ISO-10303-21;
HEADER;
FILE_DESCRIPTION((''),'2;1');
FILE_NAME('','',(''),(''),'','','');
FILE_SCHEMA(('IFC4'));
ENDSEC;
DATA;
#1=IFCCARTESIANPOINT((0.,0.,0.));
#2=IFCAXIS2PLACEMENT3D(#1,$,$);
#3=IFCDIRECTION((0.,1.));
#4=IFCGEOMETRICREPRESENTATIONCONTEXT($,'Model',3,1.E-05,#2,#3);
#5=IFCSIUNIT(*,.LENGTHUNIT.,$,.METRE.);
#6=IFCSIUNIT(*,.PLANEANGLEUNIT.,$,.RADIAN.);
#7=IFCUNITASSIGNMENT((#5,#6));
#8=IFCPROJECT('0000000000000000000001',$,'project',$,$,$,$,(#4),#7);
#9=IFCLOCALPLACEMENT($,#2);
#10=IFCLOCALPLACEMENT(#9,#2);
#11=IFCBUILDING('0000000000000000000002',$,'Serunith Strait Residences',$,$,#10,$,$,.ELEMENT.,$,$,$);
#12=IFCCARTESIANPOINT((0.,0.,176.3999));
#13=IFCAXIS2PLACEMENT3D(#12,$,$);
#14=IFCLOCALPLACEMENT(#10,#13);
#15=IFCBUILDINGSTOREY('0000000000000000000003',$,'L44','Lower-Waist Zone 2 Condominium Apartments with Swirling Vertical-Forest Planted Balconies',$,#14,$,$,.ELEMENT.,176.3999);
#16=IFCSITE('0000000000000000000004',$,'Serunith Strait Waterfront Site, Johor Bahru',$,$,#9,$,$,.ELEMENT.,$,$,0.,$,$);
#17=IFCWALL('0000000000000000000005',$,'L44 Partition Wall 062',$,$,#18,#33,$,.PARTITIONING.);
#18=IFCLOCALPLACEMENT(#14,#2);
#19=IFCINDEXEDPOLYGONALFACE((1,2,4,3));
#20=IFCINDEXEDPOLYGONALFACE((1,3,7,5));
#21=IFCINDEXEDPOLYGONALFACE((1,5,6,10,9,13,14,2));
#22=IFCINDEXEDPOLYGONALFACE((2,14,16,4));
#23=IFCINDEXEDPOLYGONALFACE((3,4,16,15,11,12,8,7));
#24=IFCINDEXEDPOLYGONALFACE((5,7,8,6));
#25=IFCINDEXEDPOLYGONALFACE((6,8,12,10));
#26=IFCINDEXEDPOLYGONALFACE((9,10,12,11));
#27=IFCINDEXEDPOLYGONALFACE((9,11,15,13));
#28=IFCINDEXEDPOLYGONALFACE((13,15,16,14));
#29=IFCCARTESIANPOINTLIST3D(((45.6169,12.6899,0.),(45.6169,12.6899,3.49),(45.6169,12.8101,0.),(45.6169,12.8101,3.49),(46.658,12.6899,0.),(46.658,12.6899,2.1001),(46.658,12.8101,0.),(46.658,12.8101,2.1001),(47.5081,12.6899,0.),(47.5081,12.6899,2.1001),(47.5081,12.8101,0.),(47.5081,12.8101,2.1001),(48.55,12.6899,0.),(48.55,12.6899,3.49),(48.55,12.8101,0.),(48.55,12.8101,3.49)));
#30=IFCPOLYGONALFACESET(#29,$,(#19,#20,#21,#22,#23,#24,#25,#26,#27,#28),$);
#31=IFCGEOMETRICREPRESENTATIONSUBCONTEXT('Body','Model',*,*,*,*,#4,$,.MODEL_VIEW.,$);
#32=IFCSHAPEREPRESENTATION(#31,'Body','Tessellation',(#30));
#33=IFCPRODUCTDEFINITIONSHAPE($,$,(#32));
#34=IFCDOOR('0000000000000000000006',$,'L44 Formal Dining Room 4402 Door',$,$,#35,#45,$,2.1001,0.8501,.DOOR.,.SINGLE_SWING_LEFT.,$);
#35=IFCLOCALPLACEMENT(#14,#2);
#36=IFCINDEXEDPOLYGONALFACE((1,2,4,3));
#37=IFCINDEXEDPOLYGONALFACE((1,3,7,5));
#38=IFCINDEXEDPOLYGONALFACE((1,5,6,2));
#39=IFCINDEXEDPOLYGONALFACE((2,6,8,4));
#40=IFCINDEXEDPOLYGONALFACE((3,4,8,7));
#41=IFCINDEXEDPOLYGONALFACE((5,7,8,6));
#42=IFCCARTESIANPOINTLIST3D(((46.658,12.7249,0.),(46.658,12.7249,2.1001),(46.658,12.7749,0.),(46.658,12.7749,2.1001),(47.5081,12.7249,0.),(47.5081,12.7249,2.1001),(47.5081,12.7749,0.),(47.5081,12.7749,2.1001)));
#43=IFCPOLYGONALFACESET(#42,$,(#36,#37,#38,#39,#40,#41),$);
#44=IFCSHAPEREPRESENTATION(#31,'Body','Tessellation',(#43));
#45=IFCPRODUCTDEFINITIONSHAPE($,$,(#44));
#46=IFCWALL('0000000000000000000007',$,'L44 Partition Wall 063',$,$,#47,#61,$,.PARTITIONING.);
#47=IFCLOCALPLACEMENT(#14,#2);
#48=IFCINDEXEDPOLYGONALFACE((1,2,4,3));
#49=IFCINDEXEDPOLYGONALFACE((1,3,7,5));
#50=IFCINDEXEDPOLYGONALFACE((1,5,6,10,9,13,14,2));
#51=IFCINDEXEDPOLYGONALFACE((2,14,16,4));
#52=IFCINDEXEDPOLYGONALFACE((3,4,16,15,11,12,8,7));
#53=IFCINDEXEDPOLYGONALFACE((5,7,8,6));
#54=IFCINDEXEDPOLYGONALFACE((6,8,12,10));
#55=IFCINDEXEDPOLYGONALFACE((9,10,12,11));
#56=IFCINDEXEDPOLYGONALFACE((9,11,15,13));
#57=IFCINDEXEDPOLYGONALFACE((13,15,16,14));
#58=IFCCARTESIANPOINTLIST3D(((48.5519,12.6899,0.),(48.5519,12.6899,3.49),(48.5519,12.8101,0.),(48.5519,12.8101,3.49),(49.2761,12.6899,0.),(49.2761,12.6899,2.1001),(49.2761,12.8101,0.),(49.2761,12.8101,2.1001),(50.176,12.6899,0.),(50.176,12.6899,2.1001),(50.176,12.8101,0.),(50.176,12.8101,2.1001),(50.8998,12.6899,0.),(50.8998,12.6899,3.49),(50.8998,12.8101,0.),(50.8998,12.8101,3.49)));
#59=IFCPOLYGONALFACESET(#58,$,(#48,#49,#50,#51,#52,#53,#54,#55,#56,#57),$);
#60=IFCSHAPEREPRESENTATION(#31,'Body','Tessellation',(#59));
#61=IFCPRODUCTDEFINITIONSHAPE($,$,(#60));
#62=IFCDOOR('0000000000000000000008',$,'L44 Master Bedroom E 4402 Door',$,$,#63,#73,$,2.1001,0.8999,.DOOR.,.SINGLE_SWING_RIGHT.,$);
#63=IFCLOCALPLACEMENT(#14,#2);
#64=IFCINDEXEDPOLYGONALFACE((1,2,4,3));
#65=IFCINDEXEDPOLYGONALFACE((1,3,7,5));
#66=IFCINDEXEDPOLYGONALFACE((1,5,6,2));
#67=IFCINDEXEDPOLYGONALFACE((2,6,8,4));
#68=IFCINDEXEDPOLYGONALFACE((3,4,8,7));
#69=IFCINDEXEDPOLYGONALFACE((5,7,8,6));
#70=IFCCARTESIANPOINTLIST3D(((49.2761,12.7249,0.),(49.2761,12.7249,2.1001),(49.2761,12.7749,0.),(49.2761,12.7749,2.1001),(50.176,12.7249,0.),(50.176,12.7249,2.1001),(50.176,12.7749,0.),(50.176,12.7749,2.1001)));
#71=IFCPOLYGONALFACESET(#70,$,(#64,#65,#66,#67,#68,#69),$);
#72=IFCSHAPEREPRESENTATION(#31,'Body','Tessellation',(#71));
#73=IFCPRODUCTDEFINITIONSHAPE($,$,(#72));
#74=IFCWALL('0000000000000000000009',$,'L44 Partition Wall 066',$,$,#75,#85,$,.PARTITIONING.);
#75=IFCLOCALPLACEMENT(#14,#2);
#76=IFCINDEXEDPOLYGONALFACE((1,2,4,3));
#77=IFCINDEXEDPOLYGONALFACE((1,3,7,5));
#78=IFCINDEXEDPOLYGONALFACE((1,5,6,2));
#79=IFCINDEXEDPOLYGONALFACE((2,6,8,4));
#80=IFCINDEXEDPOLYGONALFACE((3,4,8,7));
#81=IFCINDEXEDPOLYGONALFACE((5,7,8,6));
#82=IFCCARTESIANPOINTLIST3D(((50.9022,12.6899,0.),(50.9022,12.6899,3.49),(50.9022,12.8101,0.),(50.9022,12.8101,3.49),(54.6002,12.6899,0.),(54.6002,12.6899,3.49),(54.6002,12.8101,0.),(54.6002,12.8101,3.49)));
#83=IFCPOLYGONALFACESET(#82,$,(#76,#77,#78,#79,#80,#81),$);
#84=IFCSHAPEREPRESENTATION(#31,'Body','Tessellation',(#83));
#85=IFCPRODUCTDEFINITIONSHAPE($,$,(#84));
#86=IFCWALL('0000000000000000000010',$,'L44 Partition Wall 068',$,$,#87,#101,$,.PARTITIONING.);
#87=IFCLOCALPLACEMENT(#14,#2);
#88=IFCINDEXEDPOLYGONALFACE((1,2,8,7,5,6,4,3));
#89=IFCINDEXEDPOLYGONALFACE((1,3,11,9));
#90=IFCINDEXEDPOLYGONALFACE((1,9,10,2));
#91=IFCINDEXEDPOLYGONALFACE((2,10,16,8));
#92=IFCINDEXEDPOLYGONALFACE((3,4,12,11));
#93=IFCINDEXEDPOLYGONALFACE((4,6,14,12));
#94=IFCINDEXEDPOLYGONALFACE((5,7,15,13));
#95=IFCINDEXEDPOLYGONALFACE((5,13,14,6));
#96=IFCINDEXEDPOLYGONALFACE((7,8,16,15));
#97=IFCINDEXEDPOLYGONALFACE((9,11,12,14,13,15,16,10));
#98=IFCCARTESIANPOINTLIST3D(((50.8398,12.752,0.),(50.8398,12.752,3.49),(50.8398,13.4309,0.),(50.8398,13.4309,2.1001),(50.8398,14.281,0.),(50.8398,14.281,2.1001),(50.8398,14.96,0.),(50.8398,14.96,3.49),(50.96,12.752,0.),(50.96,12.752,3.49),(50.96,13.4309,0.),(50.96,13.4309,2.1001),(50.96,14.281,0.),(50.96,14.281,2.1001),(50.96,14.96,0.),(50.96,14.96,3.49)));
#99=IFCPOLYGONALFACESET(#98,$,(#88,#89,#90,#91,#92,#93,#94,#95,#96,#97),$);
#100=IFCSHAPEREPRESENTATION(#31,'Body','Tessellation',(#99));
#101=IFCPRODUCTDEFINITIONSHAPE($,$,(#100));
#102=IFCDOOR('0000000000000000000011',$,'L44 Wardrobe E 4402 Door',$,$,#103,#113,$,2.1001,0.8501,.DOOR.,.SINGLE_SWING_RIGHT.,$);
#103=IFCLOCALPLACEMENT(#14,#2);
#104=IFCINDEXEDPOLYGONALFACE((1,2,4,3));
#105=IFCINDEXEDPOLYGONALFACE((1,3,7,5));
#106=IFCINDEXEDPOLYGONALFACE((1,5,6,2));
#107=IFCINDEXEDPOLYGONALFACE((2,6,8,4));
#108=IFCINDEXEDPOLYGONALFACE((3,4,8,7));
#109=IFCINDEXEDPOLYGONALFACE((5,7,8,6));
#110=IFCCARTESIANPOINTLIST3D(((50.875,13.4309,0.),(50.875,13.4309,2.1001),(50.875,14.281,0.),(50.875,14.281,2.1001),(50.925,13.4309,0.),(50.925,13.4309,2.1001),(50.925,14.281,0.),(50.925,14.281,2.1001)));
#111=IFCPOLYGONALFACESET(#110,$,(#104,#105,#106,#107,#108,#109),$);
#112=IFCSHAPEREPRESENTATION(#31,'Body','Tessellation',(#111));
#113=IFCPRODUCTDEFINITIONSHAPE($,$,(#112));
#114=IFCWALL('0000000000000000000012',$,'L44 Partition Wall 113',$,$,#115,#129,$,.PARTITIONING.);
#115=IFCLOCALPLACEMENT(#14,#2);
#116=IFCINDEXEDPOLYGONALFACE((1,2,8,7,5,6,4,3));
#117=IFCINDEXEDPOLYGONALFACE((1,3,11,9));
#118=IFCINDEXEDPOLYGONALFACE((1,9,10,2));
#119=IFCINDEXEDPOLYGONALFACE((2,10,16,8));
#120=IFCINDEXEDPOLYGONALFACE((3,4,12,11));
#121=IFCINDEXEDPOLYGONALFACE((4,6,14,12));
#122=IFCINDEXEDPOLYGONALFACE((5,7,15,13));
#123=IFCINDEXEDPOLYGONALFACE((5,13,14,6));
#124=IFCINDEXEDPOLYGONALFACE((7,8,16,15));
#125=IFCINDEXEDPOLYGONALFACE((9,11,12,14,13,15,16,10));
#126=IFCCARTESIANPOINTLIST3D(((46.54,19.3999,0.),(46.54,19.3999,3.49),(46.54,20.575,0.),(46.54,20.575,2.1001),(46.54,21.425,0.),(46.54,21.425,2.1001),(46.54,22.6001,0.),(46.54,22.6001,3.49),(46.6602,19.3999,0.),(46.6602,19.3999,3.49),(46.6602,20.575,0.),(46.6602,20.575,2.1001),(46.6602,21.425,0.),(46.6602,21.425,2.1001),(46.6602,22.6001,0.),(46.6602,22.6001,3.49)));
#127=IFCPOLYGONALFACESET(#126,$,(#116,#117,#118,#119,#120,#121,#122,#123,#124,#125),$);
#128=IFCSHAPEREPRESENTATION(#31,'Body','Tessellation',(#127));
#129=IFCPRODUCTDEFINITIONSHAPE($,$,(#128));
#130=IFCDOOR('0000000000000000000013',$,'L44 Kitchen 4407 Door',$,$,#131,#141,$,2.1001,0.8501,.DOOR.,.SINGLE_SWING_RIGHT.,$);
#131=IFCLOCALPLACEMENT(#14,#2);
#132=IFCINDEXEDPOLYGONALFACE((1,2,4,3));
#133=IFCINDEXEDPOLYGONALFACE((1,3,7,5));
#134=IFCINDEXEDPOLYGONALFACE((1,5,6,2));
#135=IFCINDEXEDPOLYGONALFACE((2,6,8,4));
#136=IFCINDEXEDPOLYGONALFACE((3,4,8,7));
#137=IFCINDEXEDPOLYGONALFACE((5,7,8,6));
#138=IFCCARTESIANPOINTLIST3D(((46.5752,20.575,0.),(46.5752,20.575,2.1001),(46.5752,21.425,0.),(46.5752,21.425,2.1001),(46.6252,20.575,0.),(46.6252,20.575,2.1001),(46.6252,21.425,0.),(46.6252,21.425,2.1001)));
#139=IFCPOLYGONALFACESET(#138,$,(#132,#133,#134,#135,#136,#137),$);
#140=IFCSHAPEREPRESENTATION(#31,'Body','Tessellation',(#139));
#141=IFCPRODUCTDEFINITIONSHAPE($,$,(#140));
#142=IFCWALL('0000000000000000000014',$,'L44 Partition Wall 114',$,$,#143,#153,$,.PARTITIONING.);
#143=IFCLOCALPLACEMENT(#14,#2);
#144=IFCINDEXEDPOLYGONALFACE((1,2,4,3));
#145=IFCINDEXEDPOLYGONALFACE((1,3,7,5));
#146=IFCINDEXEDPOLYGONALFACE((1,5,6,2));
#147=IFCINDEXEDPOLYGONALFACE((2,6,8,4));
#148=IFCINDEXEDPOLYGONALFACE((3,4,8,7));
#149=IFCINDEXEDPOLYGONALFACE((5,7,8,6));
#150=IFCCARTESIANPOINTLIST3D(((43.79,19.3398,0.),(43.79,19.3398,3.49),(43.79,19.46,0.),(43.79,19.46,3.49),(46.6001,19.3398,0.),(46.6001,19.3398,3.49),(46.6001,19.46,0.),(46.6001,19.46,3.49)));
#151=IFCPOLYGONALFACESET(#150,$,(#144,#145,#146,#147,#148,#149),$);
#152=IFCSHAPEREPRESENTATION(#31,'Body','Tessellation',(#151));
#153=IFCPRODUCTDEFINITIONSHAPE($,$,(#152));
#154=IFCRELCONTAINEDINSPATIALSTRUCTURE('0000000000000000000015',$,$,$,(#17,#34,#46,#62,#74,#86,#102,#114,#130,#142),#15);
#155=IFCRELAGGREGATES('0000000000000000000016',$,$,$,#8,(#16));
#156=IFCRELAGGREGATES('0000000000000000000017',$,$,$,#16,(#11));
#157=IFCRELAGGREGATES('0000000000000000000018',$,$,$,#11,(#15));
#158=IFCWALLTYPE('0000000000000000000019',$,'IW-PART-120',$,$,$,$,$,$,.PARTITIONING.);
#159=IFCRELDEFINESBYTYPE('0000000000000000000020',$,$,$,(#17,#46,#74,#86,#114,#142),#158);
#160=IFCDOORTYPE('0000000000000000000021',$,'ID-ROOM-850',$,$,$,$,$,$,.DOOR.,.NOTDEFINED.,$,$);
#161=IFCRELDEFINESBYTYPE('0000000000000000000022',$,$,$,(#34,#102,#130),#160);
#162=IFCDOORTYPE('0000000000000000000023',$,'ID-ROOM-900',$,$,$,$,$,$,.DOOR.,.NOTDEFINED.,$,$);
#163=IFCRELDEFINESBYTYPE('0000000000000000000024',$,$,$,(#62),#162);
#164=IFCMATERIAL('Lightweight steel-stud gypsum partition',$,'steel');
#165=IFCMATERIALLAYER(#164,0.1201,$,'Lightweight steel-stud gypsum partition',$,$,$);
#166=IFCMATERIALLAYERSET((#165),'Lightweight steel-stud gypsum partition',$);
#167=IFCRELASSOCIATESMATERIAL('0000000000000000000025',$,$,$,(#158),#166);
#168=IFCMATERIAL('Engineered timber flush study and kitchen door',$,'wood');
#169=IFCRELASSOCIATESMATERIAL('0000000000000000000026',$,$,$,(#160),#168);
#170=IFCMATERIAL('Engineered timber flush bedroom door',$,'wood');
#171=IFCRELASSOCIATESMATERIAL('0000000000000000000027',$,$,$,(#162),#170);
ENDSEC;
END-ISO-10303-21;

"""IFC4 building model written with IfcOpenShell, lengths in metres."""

from ifc_helpers import new_model, si_unit, direction, frame, frame_2d, origin, place, context, subcontext, project, spatial, rectangle, extrude, source, transform, mapped, material, layer, layer_set, type_object, element, fill, save


model = new_model("IFC4")

# Units and contexts
model_context = context("Model", 3, precision=1e-05, world=origin(), true_north=direction((0.0, 1.0)))
body_context = subcontext(model_context, "Body", "Model", "MODEL_VIEW")
ifc_project = project(units=[si_unit("LENGTHUNIT", "METRE"), si_unit("PLANEANGLEUNIT", "RADIAN")], contexts=[model_context])

# Site, building, storey
site_placement = place(None, origin())
site = spatial("IfcSite", under=ifc_project, at=site_placement, Name="Serunith Strait Waterfront Site, Johor Bahru", CompositionType="ELEMENT", RefElevation=0.0)
building_placement = place(site_placement, origin())
building = spatial("IfcBuilding", under=site, at=building_placement, Name="Serunith Strait Residences", CompositionType="ELEMENT")
storey_placement = place(building_placement, frame((0.0, 0.0, 176.3999)))
storey = spatial("IfcBuildingStorey", under=building, at=storey_placement, Name="L44", Description="Lower-Waist Zone 2 Condominium Apartments with Swirling Vertical-Forest Planted Balconies", CompositionType="ELEMENT", Elevation=176.3999)

# Walls, openings, doors
ifc_material_1 = material(Name="Lightweight steel-stud gypsum partition", Category="steel")
ifc_layer_1 = layer(ifc_material_1, 0.1201, Name="Lightweight steel-stud gypsum partition")
ifc_layer_set_1 = layer_set([ifc_layer_1], Name="Lightweight steel-stud gypsum partition")
wall_type = type_object("IfcWallType", Name="IW-PART-120", PredefinedType="PARTITIONING", material=ifc_layer_set_1)
wall_1_placement = place(storey_placement, frame((45.6169, 12.75, 0.0), z_axis=(0.0, 0.0, 1.0), x_axis=(1.0, 0.0, 0.0)))
wall_1 = element("IfcWall", 1, at=wall_1_placement, inside=storey, type_object=wall_type, Name="L44 Partition Wall 062", PredefinedType="PARTITIONING", context=body_context, shape_type="SweptSolid", body=[
    extrude(rectangle(XDim=2.9331, YDim=0.1201, at=frame_2d((1.4666, 0.0))), origin(), (0.0, 0.0, 1.0), 3.49),
])
opening_1_placement = place(wall_1_placement, frame((1.041, 0.0, 0.0)))
opening_1 = element("IfcOpeningElement", 2, at=opening_1_placement, cuts=wall_1, PredefinedType="OPENING", context=body_context, shape_type="SweptSolid", body=[
    extrude(rectangle(XDim=0.8501, YDim=2.1001, at=frame_2d((0.425, 1.05))), frame((0.0, 0.0701, 0.0), z_axis=(0.0, -1.0, 0.0), x_axis=(1.0, 0.0, 0.0)), (0.0, 0.0, 1.0), 0.1401),
])
ifc_material_2 = material(Name="Engineered timber flush study and kitchen door", Category="wood")
door_type_1 = type_object("IfcDoorType", Name="ID-ROOM-850", OperationType="NOTDEFINED", PredefinedType="DOOR", material=ifc_material_2)
shared_shape_1 = source(origin(), body_context, "Body", "SweptSolid", [
    extrude(rectangle(XDim=0.8501, YDim=2.1001, at=frame_2d((0.425, 1.05))), frame((0.0, 0.0249, 0.0), z_axis=(0.0, -1.0, 0.0), x_axis=(1.0, 0.0, 0.0)), (0.0, 0.0, 1.0), 0.05),
])
door_1_placement = place(opening_1_placement, origin())
door_1 = element("IfcDoor", 3, at=door_1_placement, inside=storey, type_object=door_type_1, Name="L44 Formal Dining Room 4402 Door", OperationType="SINGLE_SWING_LEFT", OverallHeight=2.1001, OverallWidth=0.8501, PredefinedType="DOOR", context=body_context, shape_type="MappedRepresentation", body=[
    mapped(shared_shape_1, transform((0.0, 0.0, 0.0), scale=1.0)),
])
fill(opening_1, door_1)
wall_2_placement = place(storey_placement, frame((48.552, 12.75, 0.0), z_axis=(0.0, 0.0, 1.0), x_axis=(1.0, 0.0, 0.0)))
wall_2 = element("IfcWall", 4, at=wall_2_placement, inside=storey, type_object=wall_type, Name="L44 Partition Wall 063", PredefinedType="PARTITIONING", context=body_context, shape_type="SweptSolid", body=[
    extrude(rectangle(XDim=2.3479, YDim=0.1201, at=frame_2d((1.1738, 0.0))), origin(), (0.0, 0.0, 1.0), 3.49),
])
opening_2_placement = place(wall_2_placement, frame((0.7241, 0.0, 0.0)))
opening_2 = element("IfcOpeningElement", 5, at=opening_2_placement, cuts=wall_2, PredefinedType="OPENING", context=body_context, shape_type="SweptSolid", body=[
    extrude(rectangle(XDim=0.8999, YDim=2.1001, at=frame_2d((0.45, 1.05))), frame((0.0, 0.0701, 0.0), z_axis=(0.0, -1.0, 0.0), x_axis=(1.0, 0.0, 0.0)), (0.0, 0.0, 1.0), 0.1401),
])
ifc_material_3 = material(Name="Engineered timber flush bedroom door", Category="wood")
door_type_2 = type_object("IfcDoorType", Name="ID-ROOM-900", OperationType="NOTDEFINED", PredefinedType="DOOR", material=ifc_material_3)
shared_shape_2 = source(origin(), body_context, "Body", "SweptSolid", [
    extrude(rectangle(XDim=0.8999, YDim=2.1001, at=frame_2d((0.45, 1.05))), frame((0.0, 0.0249, 0.0), z_axis=(0.0, -1.0, 0.0), x_axis=(1.0, 0.0, 0.0)), (0.0, 0.0, 1.0), 0.05),
])
door_2_placement = place(opening_2_placement, origin())
door_2 = element("IfcDoor", 6, at=door_2_placement, inside=storey, type_object=door_type_2, Name="L44 Master Bedroom E 4402 Door", OperationType="SINGLE_SWING_RIGHT", OverallHeight=2.1001, OverallWidth=0.8999, PredefinedType="DOOR", context=body_context, shape_type="MappedRepresentation", body=[
    mapped(shared_shape_2, transform((0.0, 0.0, 0.0), scale=1.0)),
])
fill(opening_2, door_2)

# Wall
wall_3_placement = place(storey_placement, frame((50.9021, 12.75, 0.0), z_axis=(0.0, 0.0, 1.0), x_axis=(1.0, 0.0, 0.0)))
element("IfcWall", 7, at=wall_3_placement, inside=storey, type_object=wall_type, Name="L44 Partition Wall 066", PredefinedType="PARTITIONING", context=body_context, shape_type="SweptSolid", body=[
    extrude(rectangle(XDim=3.698, YDim=0.1201, at=frame_2d((1.8491, 0.0))), origin(), (0.0, 0.0, 1.0), 3.49),
])

# Walls, openings, doors
wall_4_placement = place(storey_placement, frame((50.8999, 12.752, 0.0), z_axis=(0.0, 0.0, 1.0), x_axis=(0.0, 1.0, 0.0)))
wall_4 = element("IfcWall", 8, at=wall_4_placement, inside=storey, type_object=wall_type, Name="L44 Partition Wall 068", PredefinedType="PARTITIONING", context=body_context, shape_type="SweptSolid", body=[
    extrude(rectangle(XDim=2.208, YDim=0.1201, at=frame_2d((1.104, 0.0))), origin(), (0.0, 0.0, 1.0), 3.49),
])
opening_3_placement = place(wall_4_placement, frame((0.679, 0.0, 0.0)))
opening_3 = element("IfcOpeningElement", 9, at=opening_3_placement, cuts=wall_4, PredefinedType="OPENING", context=body_context, shape_type="SweptSolid", body=[
    extrude(rectangle(XDim=0.8501, YDim=2.1001, at=frame_2d((0.425, 1.05))), frame((0.0, 0.0701, 0.0), z_axis=(0.0, -1.0, 0.0), x_axis=(1.0, 0.0, 0.0)), (0.0, 0.0, 1.0), 0.1401),
])
door_3_placement = place(opening_3_placement, origin())
door_3 = element("IfcDoor", 10, at=door_3_placement, inside=storey, type_object=door_type_1, Name="L44 Wardrobe E 4402 Door", OperationType="SINGLE_SWING_RIGHT", OverallHeight=2.1001, OverallWidth=0.8501, PredefinedType="DOOR", context=body_context, shape_type="MappedRepresentation", body=[
    mapped(shared_shape_1, transform((0.0, 0.0, 0.0), scale=1.0)),
])
fill(opening_3, door_3)
wall_5_placement = place(storey_placement, frame((46.6001, 19.3999, 0.0), z_axis=(0.0, 0.0, 1.0), x_axis=(0.0, 1.0, 0.0)))
wall_5 = element("IfcWall", 11, at=wall_5_placement, inside=storey, type_object=wall_type, Name="L44 Partition Wall 113", PredefinedType="PARTITIONING", context=body_context, shape_type="SweptSolid", body=[
    extrude(rectangle(XDim=3.2002, YDim=0.1201, at=frame_2d((1.6001, 0.0))), origin(), (0.0, 0.0, 1.0), 3.49),
])
opening_4_placement = place(wall_5_placement, frame((1.175, 0.0, 0.0)))
opening_4 = element("IfcOpeningElement", 12, at=opening_4_placement, cuts=wall_5, PredefinedType="OPENING", context=body_context, shape_type="SweptSolid", body=[
    extrude(rectangle(XDim=0.8501, YDim=2.1001, at=frame_2d((0.425, 1.05))), frame((0.0, 0.0701, 0.0), z_axis=(0.0, -1.0, 0.0), x_axis=(1.0, 0.0, 0.0)), (0.0, 0.0, 1.0), 0.1401),
])
door_4_placement = place(opening_4_placement, origin())
door_4 = element("IfcDoor", 13, at=door_4_placement, inside=storey, type_object=door_type_1, Name="L44 Kitchen 4407 Door", OperationType="SINGLE_SWING_RIGHT", OverallHeight=2.1001, OverallWidth=0.8501, PredefinedType="DOOR", context=body_context, shape_type="MappedRepresentation", body=[
    mapped(shared_shape_1, transform((0.0, 0.0, 0.0), scale=1.0)),
])
fill(opening_4, door_4)

# Wall
wall_6_placement = place(storey_placement, frame((46.6001, 19.3999, 0.0), z_axis=(0.0, 0.0, 1.0), x_axis=(-1.0, 0.0, 0.0)))
element("IfcWall", 14, at=wall_6_placement, inside=storey, type_object=wall_type, Name="L44 Partition Wall 114", PredefinedType="PARTITIONING", context=body_context, shape_type="SweptSolid", body=[
    extrude(rectangle(XDim=2.8101, YDim=0.1201, at=frame_2d((1.405, 0.0))), origin(), (0.0, 0.0, 1.0), 3.49),
])

save(model, "model.ifc")
